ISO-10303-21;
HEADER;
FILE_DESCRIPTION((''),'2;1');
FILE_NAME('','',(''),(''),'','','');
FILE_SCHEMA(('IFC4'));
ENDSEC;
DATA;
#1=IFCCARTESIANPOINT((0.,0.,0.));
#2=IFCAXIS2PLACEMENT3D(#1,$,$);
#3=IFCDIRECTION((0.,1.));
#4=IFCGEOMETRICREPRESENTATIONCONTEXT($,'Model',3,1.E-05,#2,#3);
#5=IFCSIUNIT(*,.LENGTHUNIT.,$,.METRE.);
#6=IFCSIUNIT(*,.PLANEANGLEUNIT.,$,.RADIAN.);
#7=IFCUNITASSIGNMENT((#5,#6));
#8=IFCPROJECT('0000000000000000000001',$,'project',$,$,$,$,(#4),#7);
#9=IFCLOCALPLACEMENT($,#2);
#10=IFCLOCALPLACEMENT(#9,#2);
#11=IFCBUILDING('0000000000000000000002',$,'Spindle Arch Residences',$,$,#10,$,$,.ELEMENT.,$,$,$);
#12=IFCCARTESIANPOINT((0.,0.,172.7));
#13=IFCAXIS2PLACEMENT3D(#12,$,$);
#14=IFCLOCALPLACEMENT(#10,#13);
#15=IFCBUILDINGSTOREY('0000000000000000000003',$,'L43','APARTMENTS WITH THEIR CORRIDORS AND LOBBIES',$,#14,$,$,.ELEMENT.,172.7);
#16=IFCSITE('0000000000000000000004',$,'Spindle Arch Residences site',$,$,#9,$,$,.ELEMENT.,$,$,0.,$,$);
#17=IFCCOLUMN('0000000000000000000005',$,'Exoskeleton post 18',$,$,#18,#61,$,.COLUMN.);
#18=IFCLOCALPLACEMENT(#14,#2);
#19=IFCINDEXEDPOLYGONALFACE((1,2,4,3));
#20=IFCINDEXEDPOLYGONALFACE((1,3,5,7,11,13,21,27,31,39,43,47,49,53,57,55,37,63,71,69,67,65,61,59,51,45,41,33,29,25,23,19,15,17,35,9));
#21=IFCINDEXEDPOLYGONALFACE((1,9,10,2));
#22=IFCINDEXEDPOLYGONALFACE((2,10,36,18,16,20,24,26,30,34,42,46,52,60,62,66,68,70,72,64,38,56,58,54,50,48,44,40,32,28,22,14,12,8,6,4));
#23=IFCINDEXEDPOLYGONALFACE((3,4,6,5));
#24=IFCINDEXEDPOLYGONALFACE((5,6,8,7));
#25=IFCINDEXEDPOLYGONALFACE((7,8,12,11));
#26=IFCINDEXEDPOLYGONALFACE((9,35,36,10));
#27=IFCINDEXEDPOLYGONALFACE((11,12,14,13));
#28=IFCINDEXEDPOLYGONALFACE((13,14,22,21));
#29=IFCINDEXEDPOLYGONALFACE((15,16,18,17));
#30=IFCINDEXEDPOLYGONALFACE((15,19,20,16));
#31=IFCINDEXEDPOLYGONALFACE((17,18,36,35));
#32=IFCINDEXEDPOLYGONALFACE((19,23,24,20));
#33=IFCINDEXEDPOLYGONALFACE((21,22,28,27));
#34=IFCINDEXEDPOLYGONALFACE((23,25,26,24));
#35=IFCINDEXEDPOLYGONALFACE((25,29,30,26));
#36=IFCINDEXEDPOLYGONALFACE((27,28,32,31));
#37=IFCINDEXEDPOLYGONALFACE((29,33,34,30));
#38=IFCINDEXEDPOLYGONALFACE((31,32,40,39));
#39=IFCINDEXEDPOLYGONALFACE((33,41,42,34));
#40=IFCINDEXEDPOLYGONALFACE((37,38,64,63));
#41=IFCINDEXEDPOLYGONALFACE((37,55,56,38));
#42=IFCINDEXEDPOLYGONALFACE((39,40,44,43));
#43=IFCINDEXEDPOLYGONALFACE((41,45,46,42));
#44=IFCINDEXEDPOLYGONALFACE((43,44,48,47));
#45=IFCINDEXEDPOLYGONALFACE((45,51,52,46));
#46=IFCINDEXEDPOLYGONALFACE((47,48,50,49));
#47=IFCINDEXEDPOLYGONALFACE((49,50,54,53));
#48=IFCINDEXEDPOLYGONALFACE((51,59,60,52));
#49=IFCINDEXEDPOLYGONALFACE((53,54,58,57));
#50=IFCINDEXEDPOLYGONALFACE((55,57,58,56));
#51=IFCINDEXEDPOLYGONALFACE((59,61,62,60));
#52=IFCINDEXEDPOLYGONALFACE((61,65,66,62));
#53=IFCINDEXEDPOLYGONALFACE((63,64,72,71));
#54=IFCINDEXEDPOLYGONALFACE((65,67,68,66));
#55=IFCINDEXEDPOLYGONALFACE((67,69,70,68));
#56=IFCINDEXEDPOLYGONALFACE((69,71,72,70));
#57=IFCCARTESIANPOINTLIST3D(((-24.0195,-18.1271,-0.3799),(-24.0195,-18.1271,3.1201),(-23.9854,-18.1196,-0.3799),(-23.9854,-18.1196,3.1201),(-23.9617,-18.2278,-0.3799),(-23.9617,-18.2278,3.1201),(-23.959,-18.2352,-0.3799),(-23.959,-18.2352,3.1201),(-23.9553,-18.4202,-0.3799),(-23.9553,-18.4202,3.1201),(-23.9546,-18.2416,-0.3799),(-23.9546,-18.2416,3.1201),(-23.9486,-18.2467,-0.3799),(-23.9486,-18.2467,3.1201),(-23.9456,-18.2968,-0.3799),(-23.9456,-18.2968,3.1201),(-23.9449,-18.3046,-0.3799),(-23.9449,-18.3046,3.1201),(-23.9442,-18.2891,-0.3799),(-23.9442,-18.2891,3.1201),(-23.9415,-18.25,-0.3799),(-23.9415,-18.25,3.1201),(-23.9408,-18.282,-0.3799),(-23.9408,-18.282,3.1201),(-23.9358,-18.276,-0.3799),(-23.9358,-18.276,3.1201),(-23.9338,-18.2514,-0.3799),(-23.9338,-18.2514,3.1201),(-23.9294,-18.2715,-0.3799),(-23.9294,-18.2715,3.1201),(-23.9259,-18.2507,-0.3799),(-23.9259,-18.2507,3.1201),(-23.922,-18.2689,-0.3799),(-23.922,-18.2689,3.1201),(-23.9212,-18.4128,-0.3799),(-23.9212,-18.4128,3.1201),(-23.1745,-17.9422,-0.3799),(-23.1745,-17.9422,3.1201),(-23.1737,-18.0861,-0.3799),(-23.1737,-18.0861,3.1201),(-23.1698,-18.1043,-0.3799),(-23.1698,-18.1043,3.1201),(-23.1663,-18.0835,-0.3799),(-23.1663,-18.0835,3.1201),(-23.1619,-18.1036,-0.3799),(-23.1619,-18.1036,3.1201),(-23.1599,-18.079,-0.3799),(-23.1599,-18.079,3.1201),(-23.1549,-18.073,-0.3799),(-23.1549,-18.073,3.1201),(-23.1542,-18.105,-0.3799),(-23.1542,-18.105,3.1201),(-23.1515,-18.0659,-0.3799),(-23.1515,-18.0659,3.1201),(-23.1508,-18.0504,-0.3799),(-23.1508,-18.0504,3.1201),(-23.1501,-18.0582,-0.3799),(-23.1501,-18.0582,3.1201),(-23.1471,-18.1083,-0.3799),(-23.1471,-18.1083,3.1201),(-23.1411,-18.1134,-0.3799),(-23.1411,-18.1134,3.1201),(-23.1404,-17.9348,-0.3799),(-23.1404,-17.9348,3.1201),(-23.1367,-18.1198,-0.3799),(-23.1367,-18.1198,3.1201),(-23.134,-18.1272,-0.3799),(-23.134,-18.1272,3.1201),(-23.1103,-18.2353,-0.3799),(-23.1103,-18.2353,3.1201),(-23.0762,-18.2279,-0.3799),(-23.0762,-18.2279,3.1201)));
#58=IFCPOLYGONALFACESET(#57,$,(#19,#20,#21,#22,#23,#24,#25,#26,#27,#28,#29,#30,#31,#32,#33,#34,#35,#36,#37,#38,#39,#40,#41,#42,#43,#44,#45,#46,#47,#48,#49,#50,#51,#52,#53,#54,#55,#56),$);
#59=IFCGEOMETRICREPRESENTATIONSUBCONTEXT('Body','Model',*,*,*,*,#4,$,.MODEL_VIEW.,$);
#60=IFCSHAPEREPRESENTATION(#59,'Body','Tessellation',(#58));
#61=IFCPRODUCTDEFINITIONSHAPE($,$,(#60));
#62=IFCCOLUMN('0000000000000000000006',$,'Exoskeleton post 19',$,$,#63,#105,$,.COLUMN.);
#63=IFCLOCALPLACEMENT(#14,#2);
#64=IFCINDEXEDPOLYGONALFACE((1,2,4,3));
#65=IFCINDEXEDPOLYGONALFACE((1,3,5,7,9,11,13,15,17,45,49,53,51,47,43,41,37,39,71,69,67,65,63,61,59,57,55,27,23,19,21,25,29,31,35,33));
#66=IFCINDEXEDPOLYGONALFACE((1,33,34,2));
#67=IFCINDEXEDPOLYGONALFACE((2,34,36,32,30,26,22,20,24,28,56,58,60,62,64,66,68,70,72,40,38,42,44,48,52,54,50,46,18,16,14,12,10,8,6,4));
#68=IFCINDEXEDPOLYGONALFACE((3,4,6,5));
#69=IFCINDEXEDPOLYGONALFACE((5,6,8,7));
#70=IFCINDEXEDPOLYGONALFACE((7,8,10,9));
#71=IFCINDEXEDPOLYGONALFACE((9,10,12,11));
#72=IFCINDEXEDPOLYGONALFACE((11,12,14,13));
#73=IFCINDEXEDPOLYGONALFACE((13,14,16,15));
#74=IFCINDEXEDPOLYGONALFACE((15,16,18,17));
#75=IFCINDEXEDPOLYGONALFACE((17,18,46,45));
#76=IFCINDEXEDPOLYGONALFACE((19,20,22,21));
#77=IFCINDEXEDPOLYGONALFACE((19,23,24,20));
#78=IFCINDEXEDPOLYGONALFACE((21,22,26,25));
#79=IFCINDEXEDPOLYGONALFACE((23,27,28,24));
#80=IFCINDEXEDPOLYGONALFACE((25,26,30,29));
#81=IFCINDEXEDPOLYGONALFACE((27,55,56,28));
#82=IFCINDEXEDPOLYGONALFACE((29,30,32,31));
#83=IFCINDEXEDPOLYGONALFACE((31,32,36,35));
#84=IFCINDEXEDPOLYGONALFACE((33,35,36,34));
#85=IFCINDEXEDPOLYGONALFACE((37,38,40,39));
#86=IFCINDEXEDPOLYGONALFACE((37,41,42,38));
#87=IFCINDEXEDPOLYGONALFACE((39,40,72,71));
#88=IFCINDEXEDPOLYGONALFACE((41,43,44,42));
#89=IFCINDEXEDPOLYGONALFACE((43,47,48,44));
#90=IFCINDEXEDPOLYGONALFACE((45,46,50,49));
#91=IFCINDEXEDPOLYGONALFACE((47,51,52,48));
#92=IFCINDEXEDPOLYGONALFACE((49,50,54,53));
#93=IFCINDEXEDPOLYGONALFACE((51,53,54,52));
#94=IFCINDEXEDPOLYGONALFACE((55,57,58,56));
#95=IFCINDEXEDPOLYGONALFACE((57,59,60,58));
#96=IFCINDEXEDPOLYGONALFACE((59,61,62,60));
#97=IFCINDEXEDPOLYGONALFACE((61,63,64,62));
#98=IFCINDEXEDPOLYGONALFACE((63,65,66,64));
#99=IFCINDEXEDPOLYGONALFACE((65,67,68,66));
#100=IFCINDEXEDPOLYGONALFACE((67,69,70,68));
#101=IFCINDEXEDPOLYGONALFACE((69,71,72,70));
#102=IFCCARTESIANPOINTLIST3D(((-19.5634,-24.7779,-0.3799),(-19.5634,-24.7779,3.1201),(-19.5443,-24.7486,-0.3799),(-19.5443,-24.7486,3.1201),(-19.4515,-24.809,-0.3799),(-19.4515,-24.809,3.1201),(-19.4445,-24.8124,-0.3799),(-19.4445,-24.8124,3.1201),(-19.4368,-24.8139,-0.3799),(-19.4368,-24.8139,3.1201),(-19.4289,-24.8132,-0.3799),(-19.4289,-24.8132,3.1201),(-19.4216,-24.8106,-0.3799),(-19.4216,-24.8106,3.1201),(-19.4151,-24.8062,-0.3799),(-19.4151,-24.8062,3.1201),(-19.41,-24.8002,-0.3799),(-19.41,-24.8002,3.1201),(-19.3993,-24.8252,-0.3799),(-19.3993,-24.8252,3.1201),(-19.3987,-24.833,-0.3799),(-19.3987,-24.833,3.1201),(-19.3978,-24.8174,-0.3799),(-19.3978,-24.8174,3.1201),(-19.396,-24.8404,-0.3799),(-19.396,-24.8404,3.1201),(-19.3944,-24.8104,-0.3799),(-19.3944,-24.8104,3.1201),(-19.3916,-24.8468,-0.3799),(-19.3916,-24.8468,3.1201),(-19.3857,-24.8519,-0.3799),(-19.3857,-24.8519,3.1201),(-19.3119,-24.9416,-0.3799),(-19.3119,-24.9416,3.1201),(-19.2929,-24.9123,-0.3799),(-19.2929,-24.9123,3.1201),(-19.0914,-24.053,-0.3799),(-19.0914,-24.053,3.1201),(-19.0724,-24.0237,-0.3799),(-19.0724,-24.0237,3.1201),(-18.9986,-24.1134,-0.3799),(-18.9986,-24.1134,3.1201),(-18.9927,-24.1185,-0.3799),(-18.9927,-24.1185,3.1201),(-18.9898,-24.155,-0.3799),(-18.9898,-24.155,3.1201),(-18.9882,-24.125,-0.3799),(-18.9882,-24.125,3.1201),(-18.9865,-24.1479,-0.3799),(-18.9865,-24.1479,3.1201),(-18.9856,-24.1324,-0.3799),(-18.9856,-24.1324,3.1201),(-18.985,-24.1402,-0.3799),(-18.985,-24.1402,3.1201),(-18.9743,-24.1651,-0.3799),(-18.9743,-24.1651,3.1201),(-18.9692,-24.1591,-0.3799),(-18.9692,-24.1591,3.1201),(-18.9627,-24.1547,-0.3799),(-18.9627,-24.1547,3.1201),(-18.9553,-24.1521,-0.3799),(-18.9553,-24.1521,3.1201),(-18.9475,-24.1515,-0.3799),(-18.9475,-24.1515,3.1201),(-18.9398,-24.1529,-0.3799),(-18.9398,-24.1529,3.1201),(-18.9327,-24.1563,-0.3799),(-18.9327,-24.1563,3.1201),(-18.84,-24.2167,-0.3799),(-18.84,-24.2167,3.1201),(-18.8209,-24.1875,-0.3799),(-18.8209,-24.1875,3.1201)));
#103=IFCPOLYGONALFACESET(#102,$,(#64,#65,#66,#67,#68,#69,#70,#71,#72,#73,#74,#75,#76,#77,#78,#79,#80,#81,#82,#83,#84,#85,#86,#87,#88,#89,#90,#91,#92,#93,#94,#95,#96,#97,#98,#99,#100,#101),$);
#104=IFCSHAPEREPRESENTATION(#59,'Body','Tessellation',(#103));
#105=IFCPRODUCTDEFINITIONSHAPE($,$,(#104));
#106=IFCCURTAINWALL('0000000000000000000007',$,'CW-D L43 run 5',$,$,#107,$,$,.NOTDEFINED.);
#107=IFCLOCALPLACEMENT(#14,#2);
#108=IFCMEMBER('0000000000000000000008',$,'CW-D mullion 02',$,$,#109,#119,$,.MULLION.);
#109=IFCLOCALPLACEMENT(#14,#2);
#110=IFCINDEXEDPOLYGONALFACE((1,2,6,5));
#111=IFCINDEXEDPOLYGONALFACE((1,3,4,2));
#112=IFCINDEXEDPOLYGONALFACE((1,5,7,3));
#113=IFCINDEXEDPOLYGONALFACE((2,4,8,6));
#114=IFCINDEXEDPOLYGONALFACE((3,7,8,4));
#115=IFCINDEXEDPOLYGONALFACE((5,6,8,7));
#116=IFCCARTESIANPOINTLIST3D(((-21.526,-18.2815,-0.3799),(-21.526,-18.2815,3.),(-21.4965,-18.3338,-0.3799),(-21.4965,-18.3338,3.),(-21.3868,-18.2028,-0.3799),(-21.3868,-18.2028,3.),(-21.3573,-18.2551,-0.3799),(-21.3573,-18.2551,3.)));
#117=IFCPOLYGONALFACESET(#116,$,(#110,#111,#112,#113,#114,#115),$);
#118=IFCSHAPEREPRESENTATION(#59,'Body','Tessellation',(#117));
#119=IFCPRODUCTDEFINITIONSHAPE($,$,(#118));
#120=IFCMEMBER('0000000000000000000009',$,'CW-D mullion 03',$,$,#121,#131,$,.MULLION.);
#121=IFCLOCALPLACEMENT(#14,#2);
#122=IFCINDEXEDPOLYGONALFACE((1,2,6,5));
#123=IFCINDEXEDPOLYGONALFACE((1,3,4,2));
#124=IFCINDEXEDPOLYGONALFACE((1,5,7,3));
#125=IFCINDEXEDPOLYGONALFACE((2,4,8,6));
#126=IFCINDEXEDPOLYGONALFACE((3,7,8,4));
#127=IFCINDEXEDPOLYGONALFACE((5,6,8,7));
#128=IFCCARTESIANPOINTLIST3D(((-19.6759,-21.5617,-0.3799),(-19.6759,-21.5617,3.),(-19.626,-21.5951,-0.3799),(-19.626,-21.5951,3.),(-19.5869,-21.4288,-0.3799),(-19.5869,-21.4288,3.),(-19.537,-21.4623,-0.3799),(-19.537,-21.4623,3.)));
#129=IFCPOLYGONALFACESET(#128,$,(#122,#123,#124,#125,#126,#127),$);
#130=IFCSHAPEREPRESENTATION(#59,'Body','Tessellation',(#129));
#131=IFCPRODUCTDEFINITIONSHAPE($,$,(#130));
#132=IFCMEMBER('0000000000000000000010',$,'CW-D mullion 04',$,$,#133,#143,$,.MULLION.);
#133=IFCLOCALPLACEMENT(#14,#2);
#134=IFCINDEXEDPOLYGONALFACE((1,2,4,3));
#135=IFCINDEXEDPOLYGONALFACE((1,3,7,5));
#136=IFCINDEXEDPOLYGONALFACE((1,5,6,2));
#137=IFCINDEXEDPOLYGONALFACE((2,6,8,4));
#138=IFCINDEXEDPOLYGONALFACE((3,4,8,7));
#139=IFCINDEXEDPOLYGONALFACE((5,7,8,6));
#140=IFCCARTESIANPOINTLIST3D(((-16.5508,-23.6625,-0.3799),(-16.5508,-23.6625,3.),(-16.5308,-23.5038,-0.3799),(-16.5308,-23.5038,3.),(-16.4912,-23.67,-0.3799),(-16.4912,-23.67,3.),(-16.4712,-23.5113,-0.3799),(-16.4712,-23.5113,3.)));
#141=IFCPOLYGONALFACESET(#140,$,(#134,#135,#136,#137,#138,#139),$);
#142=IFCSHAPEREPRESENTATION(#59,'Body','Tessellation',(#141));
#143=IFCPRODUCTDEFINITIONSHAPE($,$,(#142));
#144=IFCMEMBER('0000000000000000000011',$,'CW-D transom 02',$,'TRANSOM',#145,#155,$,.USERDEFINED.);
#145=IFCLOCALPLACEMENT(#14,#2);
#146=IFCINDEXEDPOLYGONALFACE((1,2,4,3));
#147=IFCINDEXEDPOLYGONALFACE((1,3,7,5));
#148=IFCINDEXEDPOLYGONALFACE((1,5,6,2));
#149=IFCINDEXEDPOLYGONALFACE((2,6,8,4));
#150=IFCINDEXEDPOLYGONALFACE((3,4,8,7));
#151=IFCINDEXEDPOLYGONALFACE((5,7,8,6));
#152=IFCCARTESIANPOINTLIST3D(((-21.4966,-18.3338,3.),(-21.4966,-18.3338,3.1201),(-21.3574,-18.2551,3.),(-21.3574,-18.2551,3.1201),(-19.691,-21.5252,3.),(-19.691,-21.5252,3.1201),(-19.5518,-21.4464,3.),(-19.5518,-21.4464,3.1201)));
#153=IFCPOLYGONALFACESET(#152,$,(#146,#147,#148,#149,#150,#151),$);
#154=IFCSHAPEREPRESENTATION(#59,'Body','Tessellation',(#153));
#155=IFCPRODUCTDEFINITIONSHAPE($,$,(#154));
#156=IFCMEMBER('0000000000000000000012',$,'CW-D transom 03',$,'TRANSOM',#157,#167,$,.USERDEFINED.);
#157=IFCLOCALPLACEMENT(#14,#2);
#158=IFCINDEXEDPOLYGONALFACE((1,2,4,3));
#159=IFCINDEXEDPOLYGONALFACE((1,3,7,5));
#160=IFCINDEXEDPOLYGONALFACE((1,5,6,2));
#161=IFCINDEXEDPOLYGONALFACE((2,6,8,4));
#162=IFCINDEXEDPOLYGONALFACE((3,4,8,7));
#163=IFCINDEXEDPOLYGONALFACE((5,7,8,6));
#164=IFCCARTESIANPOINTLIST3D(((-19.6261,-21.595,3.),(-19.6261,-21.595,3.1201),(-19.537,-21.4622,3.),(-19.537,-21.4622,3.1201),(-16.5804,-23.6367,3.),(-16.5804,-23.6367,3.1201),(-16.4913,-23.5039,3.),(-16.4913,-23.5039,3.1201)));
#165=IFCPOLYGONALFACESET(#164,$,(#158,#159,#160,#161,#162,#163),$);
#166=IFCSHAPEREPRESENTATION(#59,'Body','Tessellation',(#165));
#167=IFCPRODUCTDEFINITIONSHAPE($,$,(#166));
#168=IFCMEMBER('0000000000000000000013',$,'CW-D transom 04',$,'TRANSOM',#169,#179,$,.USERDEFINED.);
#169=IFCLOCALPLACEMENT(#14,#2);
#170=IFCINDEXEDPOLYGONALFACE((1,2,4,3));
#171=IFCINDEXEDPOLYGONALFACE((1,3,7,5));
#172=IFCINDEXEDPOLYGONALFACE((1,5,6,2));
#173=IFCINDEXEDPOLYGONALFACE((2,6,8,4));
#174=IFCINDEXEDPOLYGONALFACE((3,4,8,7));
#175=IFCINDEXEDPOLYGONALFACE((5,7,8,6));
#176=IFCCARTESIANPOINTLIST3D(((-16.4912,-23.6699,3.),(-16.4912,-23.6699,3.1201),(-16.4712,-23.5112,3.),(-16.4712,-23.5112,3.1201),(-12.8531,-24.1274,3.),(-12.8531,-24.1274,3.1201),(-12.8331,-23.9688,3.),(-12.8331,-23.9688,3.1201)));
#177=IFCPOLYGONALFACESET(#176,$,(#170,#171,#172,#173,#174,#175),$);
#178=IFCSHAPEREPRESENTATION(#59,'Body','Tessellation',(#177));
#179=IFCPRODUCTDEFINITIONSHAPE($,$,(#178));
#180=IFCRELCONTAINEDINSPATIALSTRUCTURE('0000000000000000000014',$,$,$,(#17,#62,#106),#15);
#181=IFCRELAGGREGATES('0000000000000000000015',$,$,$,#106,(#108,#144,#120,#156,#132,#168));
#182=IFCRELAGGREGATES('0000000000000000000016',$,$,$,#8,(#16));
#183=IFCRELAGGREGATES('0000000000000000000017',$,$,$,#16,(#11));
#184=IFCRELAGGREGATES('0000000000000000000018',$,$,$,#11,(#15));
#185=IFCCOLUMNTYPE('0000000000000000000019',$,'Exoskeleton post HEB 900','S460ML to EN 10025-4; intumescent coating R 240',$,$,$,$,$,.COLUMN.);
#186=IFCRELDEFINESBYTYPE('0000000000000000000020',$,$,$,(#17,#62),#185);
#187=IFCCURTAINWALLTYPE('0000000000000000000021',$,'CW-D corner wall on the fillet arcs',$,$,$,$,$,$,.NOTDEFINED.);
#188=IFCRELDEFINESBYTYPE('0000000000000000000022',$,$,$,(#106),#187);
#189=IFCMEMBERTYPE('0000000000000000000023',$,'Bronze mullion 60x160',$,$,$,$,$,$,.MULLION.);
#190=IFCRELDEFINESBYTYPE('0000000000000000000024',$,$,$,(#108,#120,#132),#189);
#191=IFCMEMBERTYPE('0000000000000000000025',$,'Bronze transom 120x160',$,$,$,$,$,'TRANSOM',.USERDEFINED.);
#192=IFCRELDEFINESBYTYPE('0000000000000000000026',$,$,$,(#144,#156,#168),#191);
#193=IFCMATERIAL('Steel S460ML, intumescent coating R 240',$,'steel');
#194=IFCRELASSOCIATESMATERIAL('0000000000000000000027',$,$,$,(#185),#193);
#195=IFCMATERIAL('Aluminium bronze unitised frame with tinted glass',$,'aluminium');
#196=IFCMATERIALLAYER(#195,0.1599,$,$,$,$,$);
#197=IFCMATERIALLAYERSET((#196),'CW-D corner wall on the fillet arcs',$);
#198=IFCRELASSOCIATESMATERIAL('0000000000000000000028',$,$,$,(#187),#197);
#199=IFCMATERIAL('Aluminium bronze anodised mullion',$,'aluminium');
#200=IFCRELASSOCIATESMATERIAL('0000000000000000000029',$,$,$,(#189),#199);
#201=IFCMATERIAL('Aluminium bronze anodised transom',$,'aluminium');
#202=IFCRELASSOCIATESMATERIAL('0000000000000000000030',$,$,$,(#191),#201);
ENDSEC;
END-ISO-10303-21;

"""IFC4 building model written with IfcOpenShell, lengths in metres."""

from ifc_helpers import new_model, si_unit, direction, frame, origin, origin_2d, place, context, subcontext, project, spatial, rectangle, i_section, extrude, material, layer, layer_set, material_profile, profile_set, type_object, element, aggregate, save


model = new_model("IFC4")

# Units and contexts
model_context = context("Model", 3, precision=1e-05, world=origin(), true_north=direction((0.0, 1.0)))
body_context = subcontext(model_context, "Body", "Model", "MODEL_VIEW")
ifc_project = project(units=[si_unit("LENGTHUNIT", "METRE"), si_unit("PLANEANGLEUNIT", "RADIAN")], contexts=[model_context])

# Site, building, storey
site_placement = place(None, origin())
site = spatial("IfcSite", under=ifc_project, at=site_placement, Name="Spindle Arch Residences site", CompositionType="ELEMENT", RefElevation=0.0)
building_placement = place(site_placement, origin())
building = spatial("IfcBuilding", under=site, at=building_placement, Name="Spindle Arch Residences", CompositionType="ELEMENT")
storey_placement = place(building_placement, frame((0.0, 0.0, 172.7)))
storey = spatial("IfcBuildingStorey", under=building, at=storey_placement, Name="L43", Description="APARTMENTS WITH THEIR CORRIDORS AND LOBBIES", CompositionType="ELEMENT", Elevation=172.7)

# Columns
ifc_material_1 = material(Name="Steel S460ML, intumescent coating R 240", Category="steel")
ifc_material_profile_1 = material_profile(ifc_material_1, i_section(OverallWidth=0.3, OverallDepth=0.8999, WebThickness=0.0186, FlangeThickness=0.0349, FilletRadius=0.03, at=origin_2d()), Name="HEB 900")
ifc_profile_set_1 = profile_set([ifc_material_profile_1], Name="Steel S460ML, intumescent coating R 240")
column_type = type_object("IfcColumnType", Name="Exoskeleton post HEB 900", Description="S460ML to EN 10025-4; intumescent coating R 240", PredefinedType="COLUMN", material=ifc_profile_set_1)
for number, where, z_axis, x_axis, name in (
    (1, (-23.5479, -18.1775, -0.3799), (0.0, 0.0, 1.0), (-0.213754, 0.976887, 0.0), "Exoskeleton post 18"),
    (2, (-19.1921, -24.4827, -0.3799), (0.0, 0.0, 1.0), (-0.838019, 0.545641, 0.0), "Exoskeleton post 19"),
):
    element("IfcColumn", number, at=place(storey_placement, frame(where, z_axis=z_axis, x_axis=x_axis)), inside=storey, type_object=column_type, Name=name, PredefinedType="COLUMN", context=body_context, shape_type="SweptSolid", body=[
        extrude(i_section(OverallWidth=0.3, OverallDepth=0.8999, WebThickness=0.0186, FlangeThickness=0.0349, FilletRadius=0.03, at=origin_2d()), origin(), (0.0, 0.0, 1.0), 3.5),
    ])

# Curtain wall, members
ifc_material_2 = material(Name="Aluminium bronze unitised frame with tinted glass", Category="aluminium")
ifc_layer_1 = layer(ifc_material_2, 0.1599)
ifc_layer_set_1 = layer_set([ifc_layer_1], Name="CW-D corner wall on the fillet arcs")
curtain_wall_type = type_object("IfcCurtainWallType", Name="CW-D corner wall on the fillet arcs", PredefinedType="NOTDEFINED", material=ifc_layer_set_1)
curtain_wall_placement = place(storey_placement, origin())
curtain_wall = element("IfcCurtainWall", 3, at=curtain_wall_placement, inside=storey, type_object=curtain_wall_type, Name="CW-D L43 run 5", PredefinedType="NOTDEFINED")
ifc_material_3 = material(Name="Aluminium bronze anodised mullion", Category="aluminium")
ifc_material_profile_2 = material_profile(ifc_material_3, rectangle(XDim=0.1599, YDim=0.0601, at=origin_2d()), Name="MU 60x160")
ifc_profile_set_2 = profile_set([ifc_material_profile_2], Name="Aluminium bronze anodised mullion")
member_type_1 = type_object("IfcMemberType", Name="Bronze mullion 60x160", PredefinedType="MULLION", material=ifc_profile_set_2)
member_1_placement = place(storey_placement, frame((-21.4417, -18.2683, -0.3799), z_axis=(0.0, 0.0, 1.0), x_axis=(0.870356, 0.492424, 0.0)))
member_1 = element("IfcMember", 4, at=member_1_placement, type_object=member_type_1, Name="CW-D mullion 02", PredefinedType="MULLION", context=body_context, shape_type="SweptSolid", body=[
    extrude(rectangle(XDim=0.1599, YDim=0.0601, at=origin_2d()), origin(), (0.0, 0.0, 1.0), 3.3799),
])
member_2_placement = place(storey_placement, frame((-19.6064, -21.512, -0.3799), z_axis=(0.0, 0.0, 1.0), x_axis=(0.556779, 0.830661, 0.0)))
member_2 = element("IfcMember", 5, at=member_2_placement, type_object=member_type_1, Name="CW-D mullion 03", PredefinedType="MULLION", context=body_context, shape_type="SweptSolid", body=[
    extrude(rectangle(XDim=0.1599, YDim=0.0601, at=origin_2d()), origin(), (0.0, 0.0, 1.0), 3.3799),
])
member_3_placement = place(storey_placement, frame((-16.511, -23.5869, -0.3799), z_axis=(0.0, 0.0, 1.0), x_axis=(0.124756, 0.992187, 0.0)))
member_3 = element("IfcMember", 6, at=member_3_placement, type_object=member_type_1, Name="CW-D mullion 04", PredefinedType="MULLION", context=body_context, shape_type="SweptSolid", body=[
    extrude(rectangle(XDim=0.1599, YDim=0.0601, at=origin_2d()), origin(), (0.0, 0.0, 1.0), 3.3799),
])
ifc_material_4 = material(Name="Aluminium bronze anodised transom", Category="aluminium")
ifc_material_profile_3 = material_profile(ifc_material_4, rectangle(XDim=0.1599, YDim=0.1201, at=origin_2d()), Name="TR 120x160")
ifc_profile_set_3 = profile_set([ifc_material_profile_3], Name="Aluminium bronze anodised transom")
member_type_2 = type_object("IfcMemberType", Name="Bronze transom 120x160", ElementType="TRANSOM", PredefinedType="USERDEFINED", material=ifc_profile_set_3)
member_4_placement = place(storey_placement, frame((-21.427, -18.2944, 3.0601), z_axis=(0.492435, -0.870349, 0.0), x_axis=(0.870349, 0.492435, 0.0)))
member_4 = element("IfcMember", 7, at=member_4_placement, type_object=member_type_2, Name="CW-D transom 02", ObjectType="TRANSOM", PredefinedType="USERDEFINED", context=body_context, shape_type="SweptSolid", body=[
    extrude(rectangle(XDim=0.1599, YDim=0.1201, at=origin_2d()), origin(), (0.0, 0.0, 1.0), 3.6667),
])
member_5_placement = place(storey_placement, frame((-19.5815, -21.5286, 3.0601), z_axis=(0.830624, -0.556834, 0.0), x_axis=(0.556834, 0.830624, 0.0)))
member_5 = element("IfcMember", 8, at=member_5_placement, type_object=member_type_2, Name="CW-D transom 03", ObjectType="TRANSOM", PredefinedType="USERDEFINED", context=body_context, shape_type="SweptSolid", body=[
    extrude(rectangle(XDim=0.1599, YDim=0.1201, at=origin_2d()), origin(), (0.0, 0.0, 1.0), 3.6667),
])
member_6_placement = place(storey_placement, frame((-16.4812, -23.5906, 3.0601), z_axis=(0.992185, -0.124772, 0.0), x_axis=(0.124772, 0.992185, 0.0)))
member_6 = element("IfcMember", 9, at=member_6_placement, type_object=member_type_2, Name="CW-D transom 04", ObjectType="TRANSOM", PredefinedType="USERDEFINED", context=body_context, shape_type="SweptSolid", body=[
    extrude(rectangle(XDim=0.1599, YDim=0.1201, at=origin_2d()), origin(), (0.0, 0.0, 1.0), 3.6667),
])

aggregate(curtain_wall, [member_1, member_4, member_2, member_5, member_3, member_6])

save(model, "model.ifc")
